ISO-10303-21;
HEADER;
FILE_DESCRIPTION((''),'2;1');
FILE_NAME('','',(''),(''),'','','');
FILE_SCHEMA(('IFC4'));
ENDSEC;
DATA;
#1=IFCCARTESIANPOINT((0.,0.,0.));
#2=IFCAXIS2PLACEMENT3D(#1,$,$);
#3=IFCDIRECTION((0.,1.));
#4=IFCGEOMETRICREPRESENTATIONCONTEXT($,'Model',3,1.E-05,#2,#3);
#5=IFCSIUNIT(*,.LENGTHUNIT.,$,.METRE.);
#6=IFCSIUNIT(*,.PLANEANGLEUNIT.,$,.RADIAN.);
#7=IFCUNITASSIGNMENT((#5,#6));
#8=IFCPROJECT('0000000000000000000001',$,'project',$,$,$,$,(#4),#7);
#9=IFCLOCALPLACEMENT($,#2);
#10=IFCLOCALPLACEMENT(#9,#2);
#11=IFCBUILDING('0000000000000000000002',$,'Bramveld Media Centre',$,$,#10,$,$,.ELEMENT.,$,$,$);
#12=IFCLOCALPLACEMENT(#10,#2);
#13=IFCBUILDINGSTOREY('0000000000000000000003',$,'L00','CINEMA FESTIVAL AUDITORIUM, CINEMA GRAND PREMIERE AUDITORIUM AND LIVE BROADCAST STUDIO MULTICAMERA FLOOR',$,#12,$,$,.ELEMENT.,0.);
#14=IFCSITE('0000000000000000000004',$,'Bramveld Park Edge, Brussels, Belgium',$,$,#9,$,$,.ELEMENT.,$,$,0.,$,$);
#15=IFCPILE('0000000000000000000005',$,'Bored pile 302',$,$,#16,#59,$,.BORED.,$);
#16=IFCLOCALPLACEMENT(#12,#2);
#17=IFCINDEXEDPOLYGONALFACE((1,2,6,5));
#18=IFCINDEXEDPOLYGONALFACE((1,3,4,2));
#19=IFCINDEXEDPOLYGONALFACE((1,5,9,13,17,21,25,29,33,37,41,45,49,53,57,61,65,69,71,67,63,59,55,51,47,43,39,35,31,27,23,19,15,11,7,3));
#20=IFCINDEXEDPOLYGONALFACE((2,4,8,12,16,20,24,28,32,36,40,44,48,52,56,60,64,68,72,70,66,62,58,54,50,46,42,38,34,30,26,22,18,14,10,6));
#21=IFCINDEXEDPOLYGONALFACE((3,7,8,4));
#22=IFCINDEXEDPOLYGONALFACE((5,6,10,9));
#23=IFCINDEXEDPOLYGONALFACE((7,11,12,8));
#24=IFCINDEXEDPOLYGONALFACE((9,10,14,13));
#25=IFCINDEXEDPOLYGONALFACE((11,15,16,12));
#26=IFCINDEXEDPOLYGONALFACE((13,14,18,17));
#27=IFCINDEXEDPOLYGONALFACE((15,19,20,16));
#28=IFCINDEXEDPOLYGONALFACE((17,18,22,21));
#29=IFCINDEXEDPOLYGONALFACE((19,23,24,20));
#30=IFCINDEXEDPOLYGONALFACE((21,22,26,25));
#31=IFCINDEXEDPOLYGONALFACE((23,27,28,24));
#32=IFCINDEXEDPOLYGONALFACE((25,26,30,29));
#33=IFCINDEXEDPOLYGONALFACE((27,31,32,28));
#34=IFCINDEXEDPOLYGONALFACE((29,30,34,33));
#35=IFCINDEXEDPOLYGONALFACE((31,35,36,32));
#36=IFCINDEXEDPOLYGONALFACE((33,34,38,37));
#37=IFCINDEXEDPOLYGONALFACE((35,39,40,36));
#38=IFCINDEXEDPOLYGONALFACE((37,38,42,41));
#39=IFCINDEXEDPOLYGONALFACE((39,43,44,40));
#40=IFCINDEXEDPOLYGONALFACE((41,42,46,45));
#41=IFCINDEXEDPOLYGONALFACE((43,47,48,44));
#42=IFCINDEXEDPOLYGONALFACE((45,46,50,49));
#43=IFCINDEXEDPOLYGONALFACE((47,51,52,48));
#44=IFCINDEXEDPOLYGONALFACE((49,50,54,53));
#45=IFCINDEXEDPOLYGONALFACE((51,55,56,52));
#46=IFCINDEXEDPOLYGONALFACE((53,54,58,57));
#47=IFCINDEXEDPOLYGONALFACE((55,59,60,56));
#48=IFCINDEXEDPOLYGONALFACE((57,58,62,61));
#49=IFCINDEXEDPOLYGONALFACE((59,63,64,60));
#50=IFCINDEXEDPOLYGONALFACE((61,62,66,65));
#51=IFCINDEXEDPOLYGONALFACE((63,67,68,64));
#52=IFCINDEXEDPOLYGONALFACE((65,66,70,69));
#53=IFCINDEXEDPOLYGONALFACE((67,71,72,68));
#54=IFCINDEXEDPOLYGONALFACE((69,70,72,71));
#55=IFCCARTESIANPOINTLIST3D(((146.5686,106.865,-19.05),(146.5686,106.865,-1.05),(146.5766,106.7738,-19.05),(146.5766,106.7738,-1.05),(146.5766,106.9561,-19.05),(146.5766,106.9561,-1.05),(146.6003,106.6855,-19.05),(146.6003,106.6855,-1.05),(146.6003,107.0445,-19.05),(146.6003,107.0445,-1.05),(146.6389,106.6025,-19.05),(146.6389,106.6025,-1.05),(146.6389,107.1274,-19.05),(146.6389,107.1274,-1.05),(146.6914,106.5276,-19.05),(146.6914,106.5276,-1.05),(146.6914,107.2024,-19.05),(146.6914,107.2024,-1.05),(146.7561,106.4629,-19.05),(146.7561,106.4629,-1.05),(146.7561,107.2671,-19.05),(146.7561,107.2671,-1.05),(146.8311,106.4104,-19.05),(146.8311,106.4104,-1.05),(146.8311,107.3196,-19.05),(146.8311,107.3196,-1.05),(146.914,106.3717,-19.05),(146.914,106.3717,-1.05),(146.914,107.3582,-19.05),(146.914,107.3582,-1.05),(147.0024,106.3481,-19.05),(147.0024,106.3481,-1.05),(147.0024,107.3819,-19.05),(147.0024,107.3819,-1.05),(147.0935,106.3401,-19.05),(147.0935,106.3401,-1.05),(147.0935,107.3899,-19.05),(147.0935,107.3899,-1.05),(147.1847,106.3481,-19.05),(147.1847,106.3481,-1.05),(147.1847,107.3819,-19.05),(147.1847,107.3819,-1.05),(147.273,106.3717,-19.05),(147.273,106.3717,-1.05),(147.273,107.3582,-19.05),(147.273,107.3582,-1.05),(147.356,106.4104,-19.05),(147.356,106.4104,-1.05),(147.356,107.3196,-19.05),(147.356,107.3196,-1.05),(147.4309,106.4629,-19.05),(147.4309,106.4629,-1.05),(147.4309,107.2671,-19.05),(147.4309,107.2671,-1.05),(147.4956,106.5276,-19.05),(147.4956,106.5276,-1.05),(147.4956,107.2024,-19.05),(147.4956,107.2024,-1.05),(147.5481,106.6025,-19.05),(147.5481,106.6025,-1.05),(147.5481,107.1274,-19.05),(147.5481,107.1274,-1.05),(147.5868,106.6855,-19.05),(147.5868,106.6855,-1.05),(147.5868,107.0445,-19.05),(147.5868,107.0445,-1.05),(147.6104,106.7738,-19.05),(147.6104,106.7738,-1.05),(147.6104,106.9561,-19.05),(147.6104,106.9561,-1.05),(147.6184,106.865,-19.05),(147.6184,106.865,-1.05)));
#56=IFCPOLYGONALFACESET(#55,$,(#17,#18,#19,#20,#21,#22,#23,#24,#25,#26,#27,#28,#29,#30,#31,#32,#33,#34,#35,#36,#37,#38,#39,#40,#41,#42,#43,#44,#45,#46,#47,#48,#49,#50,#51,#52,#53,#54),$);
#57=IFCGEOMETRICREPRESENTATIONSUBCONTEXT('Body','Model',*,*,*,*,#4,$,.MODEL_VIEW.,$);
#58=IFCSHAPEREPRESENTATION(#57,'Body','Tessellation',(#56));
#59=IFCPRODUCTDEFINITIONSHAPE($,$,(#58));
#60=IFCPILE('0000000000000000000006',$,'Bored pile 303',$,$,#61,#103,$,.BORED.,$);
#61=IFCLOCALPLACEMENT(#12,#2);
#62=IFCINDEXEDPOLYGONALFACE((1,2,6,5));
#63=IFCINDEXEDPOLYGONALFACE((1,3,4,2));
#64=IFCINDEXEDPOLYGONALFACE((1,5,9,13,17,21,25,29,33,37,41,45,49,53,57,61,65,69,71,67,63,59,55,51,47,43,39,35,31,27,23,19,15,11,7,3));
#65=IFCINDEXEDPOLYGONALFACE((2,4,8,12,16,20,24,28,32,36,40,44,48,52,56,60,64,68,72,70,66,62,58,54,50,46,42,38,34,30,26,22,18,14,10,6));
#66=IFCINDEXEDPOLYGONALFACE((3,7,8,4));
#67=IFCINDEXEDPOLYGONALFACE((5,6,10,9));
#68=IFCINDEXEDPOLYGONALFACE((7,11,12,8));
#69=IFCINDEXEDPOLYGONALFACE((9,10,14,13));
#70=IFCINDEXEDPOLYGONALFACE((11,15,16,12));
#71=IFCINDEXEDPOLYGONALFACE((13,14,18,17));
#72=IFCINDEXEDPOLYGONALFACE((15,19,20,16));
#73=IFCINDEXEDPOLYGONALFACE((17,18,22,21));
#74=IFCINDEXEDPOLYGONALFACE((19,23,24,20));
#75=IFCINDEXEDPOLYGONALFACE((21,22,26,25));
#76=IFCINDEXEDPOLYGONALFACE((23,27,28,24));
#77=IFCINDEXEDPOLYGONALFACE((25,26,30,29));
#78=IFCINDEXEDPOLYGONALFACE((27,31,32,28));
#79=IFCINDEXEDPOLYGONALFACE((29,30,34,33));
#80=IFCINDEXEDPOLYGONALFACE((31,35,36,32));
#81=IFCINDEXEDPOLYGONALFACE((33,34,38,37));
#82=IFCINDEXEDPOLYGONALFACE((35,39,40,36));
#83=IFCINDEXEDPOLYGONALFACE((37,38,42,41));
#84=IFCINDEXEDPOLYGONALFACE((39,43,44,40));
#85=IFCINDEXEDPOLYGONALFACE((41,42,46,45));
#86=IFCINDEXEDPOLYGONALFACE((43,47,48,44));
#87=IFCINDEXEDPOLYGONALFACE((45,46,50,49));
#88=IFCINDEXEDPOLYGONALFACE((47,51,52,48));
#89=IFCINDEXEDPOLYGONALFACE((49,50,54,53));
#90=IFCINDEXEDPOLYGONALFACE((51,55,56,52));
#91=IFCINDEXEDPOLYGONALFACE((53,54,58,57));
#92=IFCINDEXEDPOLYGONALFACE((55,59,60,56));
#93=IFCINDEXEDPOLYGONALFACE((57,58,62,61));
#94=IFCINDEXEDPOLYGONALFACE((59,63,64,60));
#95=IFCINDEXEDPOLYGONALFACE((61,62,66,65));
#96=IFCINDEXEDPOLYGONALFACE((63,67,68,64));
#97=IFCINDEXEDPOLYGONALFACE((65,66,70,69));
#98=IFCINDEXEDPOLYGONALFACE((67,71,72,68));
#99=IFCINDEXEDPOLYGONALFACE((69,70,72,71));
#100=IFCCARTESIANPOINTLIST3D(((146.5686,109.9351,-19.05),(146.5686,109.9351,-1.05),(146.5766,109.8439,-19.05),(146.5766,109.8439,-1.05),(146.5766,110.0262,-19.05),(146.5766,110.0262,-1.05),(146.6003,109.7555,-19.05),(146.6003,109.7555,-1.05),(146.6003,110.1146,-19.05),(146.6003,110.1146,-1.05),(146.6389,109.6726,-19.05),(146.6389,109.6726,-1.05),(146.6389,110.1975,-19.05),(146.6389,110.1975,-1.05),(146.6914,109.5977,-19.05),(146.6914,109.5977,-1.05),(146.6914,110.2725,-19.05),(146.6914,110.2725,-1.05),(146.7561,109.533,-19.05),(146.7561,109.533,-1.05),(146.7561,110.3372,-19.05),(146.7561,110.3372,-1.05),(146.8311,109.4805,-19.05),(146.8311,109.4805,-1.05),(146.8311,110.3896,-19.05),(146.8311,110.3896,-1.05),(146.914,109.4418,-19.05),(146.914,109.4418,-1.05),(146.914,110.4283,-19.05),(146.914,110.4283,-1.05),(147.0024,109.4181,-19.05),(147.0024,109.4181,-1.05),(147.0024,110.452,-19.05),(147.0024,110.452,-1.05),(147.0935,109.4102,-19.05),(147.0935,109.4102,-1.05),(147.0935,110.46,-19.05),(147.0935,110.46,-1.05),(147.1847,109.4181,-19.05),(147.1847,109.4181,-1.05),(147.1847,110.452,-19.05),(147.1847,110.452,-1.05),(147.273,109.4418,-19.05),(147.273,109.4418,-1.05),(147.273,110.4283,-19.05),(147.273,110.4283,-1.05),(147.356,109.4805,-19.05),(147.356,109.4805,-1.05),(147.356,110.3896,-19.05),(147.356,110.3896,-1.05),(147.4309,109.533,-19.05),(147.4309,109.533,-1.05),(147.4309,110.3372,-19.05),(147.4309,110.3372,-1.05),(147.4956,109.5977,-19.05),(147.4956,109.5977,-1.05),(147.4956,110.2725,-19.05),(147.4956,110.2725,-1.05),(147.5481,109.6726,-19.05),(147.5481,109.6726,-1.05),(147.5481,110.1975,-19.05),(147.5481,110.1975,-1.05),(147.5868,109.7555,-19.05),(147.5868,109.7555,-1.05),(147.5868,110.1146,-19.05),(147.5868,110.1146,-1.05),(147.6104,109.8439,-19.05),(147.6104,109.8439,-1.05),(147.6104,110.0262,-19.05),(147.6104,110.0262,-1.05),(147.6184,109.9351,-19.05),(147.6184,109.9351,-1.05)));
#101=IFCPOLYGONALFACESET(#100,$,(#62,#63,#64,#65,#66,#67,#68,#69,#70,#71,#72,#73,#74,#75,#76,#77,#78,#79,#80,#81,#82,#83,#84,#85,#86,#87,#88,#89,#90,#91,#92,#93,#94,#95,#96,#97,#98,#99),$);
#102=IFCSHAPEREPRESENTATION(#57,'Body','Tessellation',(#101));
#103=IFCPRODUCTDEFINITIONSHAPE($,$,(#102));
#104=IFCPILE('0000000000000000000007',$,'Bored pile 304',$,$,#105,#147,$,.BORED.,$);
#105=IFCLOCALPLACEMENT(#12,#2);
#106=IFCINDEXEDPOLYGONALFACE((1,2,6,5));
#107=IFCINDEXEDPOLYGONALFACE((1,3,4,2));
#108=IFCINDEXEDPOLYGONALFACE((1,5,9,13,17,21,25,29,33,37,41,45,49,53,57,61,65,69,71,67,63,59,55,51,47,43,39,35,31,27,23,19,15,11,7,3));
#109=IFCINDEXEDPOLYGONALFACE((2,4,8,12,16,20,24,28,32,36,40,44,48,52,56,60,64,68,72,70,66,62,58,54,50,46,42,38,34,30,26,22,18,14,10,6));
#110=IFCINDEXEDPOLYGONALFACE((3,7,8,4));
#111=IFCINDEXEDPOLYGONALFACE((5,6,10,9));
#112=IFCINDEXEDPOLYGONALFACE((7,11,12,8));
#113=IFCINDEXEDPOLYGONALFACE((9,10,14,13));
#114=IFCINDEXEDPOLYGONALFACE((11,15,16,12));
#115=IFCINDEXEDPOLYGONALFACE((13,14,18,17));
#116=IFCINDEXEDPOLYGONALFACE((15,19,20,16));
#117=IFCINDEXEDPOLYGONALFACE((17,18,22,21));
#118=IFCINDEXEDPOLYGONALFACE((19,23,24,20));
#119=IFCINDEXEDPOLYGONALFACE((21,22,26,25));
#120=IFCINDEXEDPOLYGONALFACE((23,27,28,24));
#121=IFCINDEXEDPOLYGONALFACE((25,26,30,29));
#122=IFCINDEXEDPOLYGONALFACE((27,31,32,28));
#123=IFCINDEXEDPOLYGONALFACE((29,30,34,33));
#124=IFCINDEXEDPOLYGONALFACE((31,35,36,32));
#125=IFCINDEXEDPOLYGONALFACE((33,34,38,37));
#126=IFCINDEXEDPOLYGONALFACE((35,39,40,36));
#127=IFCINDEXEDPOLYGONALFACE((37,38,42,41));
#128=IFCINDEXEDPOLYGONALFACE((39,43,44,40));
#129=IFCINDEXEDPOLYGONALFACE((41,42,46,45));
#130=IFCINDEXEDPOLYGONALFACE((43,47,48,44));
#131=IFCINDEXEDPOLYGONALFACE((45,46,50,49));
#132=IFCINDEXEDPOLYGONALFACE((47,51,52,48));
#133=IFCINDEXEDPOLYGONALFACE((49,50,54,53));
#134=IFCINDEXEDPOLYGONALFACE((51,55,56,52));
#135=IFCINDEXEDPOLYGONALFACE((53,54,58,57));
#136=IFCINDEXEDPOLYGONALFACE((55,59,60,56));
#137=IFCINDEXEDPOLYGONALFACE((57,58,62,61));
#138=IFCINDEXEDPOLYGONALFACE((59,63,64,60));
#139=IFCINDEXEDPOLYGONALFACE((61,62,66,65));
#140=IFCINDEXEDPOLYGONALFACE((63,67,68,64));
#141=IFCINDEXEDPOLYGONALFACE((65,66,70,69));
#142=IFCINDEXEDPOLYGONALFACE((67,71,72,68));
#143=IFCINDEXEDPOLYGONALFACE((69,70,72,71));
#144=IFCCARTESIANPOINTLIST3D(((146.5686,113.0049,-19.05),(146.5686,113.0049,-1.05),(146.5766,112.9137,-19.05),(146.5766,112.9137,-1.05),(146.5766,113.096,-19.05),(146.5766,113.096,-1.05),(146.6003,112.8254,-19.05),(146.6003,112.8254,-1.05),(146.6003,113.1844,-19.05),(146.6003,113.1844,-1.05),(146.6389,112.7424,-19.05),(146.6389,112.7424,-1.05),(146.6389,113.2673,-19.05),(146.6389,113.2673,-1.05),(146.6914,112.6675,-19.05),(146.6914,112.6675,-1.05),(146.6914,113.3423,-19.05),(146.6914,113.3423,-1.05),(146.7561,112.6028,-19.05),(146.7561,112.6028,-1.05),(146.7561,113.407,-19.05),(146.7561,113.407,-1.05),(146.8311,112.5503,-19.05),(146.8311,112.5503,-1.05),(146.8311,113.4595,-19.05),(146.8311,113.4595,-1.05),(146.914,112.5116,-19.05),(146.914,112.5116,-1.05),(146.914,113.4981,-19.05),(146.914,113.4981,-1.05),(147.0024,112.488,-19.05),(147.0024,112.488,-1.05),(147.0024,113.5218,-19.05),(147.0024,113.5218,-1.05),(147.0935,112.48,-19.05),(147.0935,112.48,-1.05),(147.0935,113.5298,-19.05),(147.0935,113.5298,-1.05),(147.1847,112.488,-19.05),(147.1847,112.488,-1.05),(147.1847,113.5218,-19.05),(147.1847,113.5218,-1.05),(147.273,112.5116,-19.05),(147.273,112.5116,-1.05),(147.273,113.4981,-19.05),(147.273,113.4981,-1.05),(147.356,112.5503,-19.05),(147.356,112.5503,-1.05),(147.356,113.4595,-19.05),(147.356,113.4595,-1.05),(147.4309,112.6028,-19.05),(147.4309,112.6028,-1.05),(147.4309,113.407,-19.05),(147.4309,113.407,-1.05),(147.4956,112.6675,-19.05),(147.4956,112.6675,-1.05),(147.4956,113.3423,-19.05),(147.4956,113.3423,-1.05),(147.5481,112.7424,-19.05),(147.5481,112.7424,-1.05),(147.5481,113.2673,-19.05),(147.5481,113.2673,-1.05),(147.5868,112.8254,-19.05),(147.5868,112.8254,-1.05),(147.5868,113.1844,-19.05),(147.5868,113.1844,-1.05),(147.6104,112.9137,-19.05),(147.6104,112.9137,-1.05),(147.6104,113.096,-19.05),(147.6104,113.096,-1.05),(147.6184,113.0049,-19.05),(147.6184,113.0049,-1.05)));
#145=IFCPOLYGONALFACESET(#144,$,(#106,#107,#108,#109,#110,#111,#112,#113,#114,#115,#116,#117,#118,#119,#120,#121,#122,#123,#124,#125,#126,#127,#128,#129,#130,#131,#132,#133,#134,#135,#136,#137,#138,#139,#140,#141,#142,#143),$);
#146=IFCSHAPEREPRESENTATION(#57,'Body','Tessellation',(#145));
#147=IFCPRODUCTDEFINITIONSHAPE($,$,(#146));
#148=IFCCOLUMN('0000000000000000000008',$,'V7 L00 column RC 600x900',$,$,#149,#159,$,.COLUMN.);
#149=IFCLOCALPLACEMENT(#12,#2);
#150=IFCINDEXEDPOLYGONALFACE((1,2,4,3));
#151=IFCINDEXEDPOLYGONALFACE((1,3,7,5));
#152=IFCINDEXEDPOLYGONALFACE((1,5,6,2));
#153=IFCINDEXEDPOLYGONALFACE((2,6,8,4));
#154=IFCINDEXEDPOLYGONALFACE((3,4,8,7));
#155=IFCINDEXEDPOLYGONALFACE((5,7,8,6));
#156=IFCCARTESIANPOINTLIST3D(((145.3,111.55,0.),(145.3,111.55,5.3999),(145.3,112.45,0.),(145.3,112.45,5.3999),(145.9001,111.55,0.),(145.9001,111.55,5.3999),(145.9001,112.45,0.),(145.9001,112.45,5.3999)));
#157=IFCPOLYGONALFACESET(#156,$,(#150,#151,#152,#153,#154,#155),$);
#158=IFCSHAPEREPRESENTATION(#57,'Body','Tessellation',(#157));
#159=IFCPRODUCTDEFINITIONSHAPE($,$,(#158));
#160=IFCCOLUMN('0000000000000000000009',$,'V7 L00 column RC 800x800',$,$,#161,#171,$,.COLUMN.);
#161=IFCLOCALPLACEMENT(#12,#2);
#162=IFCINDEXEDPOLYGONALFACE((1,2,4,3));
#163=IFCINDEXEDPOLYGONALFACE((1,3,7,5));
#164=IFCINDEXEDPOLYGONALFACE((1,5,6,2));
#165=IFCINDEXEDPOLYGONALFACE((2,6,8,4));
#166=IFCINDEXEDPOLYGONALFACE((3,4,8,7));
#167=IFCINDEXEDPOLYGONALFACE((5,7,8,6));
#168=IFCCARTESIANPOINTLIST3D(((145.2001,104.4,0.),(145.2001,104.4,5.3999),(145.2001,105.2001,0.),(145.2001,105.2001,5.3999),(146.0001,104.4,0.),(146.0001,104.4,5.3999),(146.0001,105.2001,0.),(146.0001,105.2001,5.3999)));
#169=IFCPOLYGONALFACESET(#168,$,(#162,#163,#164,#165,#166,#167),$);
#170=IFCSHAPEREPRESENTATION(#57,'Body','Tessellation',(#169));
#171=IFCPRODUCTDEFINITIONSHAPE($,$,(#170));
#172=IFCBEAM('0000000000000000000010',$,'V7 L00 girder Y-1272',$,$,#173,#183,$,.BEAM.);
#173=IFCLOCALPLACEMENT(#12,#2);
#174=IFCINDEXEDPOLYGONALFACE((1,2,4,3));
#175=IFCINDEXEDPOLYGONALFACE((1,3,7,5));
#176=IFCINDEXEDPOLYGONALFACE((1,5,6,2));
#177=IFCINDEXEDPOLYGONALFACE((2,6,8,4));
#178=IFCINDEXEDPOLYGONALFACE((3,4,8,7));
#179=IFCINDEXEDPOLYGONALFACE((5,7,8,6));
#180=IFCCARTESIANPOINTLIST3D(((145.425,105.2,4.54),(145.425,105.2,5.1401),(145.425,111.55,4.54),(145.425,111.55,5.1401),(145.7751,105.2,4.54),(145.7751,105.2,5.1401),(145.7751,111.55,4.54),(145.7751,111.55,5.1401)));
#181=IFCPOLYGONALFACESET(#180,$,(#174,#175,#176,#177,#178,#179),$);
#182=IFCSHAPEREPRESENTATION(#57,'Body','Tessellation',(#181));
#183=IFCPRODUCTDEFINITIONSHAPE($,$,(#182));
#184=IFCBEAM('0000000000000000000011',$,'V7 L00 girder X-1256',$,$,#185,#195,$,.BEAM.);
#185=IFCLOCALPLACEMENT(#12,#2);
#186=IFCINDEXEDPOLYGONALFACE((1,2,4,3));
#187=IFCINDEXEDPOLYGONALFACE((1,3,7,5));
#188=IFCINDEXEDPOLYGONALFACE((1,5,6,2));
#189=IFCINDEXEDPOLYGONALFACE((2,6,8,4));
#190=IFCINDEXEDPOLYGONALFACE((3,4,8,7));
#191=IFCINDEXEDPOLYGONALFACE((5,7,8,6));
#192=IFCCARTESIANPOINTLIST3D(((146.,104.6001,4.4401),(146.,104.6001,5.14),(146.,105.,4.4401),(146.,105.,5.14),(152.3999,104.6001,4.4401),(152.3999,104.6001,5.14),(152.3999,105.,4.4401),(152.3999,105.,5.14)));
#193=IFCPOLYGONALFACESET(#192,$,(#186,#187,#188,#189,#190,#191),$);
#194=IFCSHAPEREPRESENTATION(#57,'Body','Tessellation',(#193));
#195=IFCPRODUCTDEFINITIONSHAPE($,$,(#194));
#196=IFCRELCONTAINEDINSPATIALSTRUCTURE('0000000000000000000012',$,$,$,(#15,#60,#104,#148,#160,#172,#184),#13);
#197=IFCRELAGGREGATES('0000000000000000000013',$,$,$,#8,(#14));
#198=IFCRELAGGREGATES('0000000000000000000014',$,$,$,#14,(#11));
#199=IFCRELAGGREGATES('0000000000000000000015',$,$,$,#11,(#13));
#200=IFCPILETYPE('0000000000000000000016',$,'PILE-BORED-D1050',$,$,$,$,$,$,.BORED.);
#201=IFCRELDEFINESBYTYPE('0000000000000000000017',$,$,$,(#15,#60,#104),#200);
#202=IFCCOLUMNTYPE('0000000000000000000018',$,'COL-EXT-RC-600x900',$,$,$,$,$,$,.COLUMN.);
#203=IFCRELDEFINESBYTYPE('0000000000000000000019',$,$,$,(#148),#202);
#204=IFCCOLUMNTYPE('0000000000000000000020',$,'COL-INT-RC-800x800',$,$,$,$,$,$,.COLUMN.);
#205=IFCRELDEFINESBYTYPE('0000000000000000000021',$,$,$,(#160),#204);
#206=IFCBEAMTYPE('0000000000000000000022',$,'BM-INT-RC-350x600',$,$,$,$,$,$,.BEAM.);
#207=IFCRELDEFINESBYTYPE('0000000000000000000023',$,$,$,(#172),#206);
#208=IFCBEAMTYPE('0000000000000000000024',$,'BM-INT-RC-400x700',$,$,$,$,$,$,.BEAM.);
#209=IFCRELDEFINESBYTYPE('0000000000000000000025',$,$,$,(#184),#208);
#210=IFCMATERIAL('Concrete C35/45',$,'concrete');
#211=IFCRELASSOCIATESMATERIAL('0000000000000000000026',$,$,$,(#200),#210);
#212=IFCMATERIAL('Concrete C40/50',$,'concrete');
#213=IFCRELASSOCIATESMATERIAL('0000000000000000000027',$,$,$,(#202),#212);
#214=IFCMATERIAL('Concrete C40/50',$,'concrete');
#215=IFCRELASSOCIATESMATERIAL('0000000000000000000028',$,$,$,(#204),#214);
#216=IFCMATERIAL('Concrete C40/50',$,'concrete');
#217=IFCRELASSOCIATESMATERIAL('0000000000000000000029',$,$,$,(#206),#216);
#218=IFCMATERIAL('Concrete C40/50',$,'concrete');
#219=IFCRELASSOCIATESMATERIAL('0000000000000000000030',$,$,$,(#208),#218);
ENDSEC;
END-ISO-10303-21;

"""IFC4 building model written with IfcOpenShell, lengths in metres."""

from ifc_helpers import new_model, si_unit, direction, frame, origin, origin_2d, place, context, subcontext, project, spatial, rectangle, circle, extrude, material, material_profile, profile_set, type_object, element, save


model = new_model("IFC4")

# Units and contexts
model_context = context("Model", 3, precision=1e-05, world=origin(), true_north=direction((0.0, 1.0)))
body_context = subcontext(model_context, "Body", "Model", "MODEL_VIEW")
ifc_project = project(units=[si_unit("LENGTHUNIT", "METRE"), si_unit("PLANEANGLEUNIT", "RADIAN")], contexts=[model_context])

# Site, building, storey
site_placement = place(None, origin())
site = spatial("IfcSite", under=ifc_project, at=site_placement, Name="Bramveld Park Edge, Brussels, Belgium", CompositionType="ELEMENT", RefElevation=0.0)
building_placement = place(site_placement, origin())
building = spatial("IfcBuilding", under=site, at=building_placement, Name="Bramveld Media Centre", CompositionType="ELEMENT")
storey_placement = place(building_placement, origin())
storey = spatial("IfcBuildingStorey", under=building, at=storey_placement, Name="L00", Description="CINEMA FESTIVAL AUDITORIUM, CINEMA GRAND PREMIERE AUDITORIUM AND LIVE BROADCAST STUDIO MULTICAMERA FLOOR", CompositionType="ELEMENT", Elevation=0.0)

# Piles
ifc_material_1 = material(Name="Concrete C35/45", Category="concrete")
ifc_material_profile_1 = material_profile(ifc_material_1, circle(Radius=0.5249, at=origin_2d()), Name="BORED D1050")
ifc_profile_set_1 = profile_set([ifc_material_profile_1], Name="Concrete C35/45")
pile_type = type_object("IfcPileType", Name="PILE-BORED-D1050", PredefinedType="BORED", material=ifc_profile_set_1)
for number, where, z_axis, x_axis, name in (
    (1, (147.0935, 106.865, -1.05), (0.0, 0.0, -1.0), (1.0, 0.0, 0.0), "Bored pile 302"),
    (2, (147.0935, 109.9351, -1.05), (0.0, 0.0, -1.0), (1.0, 0.0, 0.0), "Bored pile 303"),
    (3, (147.0935, 113.0049, -1.05), (0.0, 0.0, -1.0), (1.0, 0.0, 0.0), "Bored pile 304"),
):
    element("IfcPile", number, at=place(storey_placement, frame(where, z_axis=z_axis, x_axis=x_axis)), inside=storey, type_object=pile_type, Name=name, PredefinedType="BORED", context=body_context, shape_type="SweptSolid", body=[
        extrude(circle(Radius=0.5249, at=origin_2d()), origin(), (0.0, 0.0, 1.0), 18.0),
    ])

# Columns
ifc_material_2 = material(Name="Concrete C40/50", Category="concrete")
ifc_material_profile_2 = material_profile(ifc_material_2, rectangle(XDim=0.6001, YDim=0.8999, at=origin_2d()), Name="RC 600x900")
ifc_profile_set_2 = profile_set([ifc_material_profile_2], Name="Concrete C40/50")
column_type_1 = type_object("IfcColumnType", Name="COL-EXT-RC-600x900", PredefinedType="COLUMN", material=ifc_profile_set_2)
column_1_placement = place(storey_placement, frame((145.6001, 112.0, 0.0), z_axis=(0.0, 0.0, 1.0), x_axis=(1.0, 0.0, 0.0)))
element("IfcColumn", 4, at=column_1_placement, inside=storey, type_object=column_type_1, Name="V7 L00 column RC 600x900", PredefinedType="COLUMN", context=body_context, shape_type="SweptSolid", body=[
    extrude(rectangle(XDim=0.6001, YDim=0.8999, at=origin_2d()), origin(), (0.0, 0.0, 1.0), 5.3999),
])
ifc_material_3 = material(Name="Concrete C40/50", Category="concrete")
ifc_material_profile_3 = material_profile(ifc_material_3, rectangle(XDim=0.8, YDim=0.8, at=origin_2d()), Name="RC 800x800")
ifc_profile_set_3 = profile_set([ifc_material_profile_3], Name="Concrete C40/50")
column_type_2 = type_object("IfcColumnType", Name="COL-INT-RC-800x800", PredefinedType="COLUMN", material=ifc_profile_set_3)
column_2_placement = place(storey_placement, frame((145.6001, 104.8, 0.0), z_axis=(0.0, 0.0, 1.0), x_axis=(1.0, 0.0, 0.0)))
element("IfcColumn", 5, at=column_2_placement, inside=storey, type_object=column_type_2, Name="V7 L00 column RC 800x800", PredefinedType="COLUMN", context=body_context, shape_type="SweptSolid", body=[
    extrude(rectangle(XDim=0.8, YDim=0.8, at=origin_2d()), origin(), (0.0, 0.0, 1.0), 5.3999),
])

# Beams
ifc_material_4 = material(Name="Concrete C40/50", Category="concrete")
ifc_material_profile_4 = material_profile(ifc_material_4, rectangle(XDim=0.3501, YDim=0.6001, at=origin_2d()), Name="RC 350x600")
ifc_profile_set_4 = profile_set([ifc_material_profile_4], Name="Concrete C40/50")
beam_type_1 = type_object("IfcBeamType", Name="BM-INT-RC-350x600", PredefinedType="BEAM", material=ifc_profile_set_4)
beam_1_placement = place(storey_placement, frame((145.6001, 105.2, 4.8401), z_axis=(0.0, 1.0, 0.0), x_axis=(-1.0, 0.0, 0.0)))
element("IfcBeam", 6, at=beam_1_placement, inside=storey, type_object=beam_type_1, Name="V7 L00 girder Y-1272", PredefinedType="BEAM", context=body_context, shape_type="SweptSolid", body=[
    extrude(rectangle(XDim=0.3501, YDim=0.6001, at=origin_2d()), origin(), (0.0, 0.0, 1.0), 6.3501),
])
ifc_material_5 = material(Name="Concrete C40/50", Category="concrete")
ifc_material_profile_5 = material_profile(ifc_material_5, rectangle(XDim=0.3999, YDim=0.7, at=origin_2d()), Name="RC 400x700")
ifc_profile_set_5 = profile_set([ifc_material_profile_5], Name="Concrete C40/50")
beam_type_2 = type_object("IfcBeamType", Name="BM-INT-RC-400x700", PredefinedType="BEAM", material=ifc_profile_set_5)
beam_2_placement = place(storey_placement, frame((146.0, 104.8, 4.79), z_axis=(1.0, 0.0, 0.0), x_axis=(0.0, 1.0, 0.0)))
element("IfcBeam", 7, at=beam_2_placement, inside=storey, type_object=beam_type_2, Name="V7 L00 girder X-1256", PredefinedType="BEAM", context=body_context, shape_type="SweptSolid", body=[
    extrude(rectangle(XDim=0.3999, YDim=0.7, at=origin_2d()), origin(), (0.0, 0.0, 1.0), 6.3999),
])

save(model, "model.ifc")
